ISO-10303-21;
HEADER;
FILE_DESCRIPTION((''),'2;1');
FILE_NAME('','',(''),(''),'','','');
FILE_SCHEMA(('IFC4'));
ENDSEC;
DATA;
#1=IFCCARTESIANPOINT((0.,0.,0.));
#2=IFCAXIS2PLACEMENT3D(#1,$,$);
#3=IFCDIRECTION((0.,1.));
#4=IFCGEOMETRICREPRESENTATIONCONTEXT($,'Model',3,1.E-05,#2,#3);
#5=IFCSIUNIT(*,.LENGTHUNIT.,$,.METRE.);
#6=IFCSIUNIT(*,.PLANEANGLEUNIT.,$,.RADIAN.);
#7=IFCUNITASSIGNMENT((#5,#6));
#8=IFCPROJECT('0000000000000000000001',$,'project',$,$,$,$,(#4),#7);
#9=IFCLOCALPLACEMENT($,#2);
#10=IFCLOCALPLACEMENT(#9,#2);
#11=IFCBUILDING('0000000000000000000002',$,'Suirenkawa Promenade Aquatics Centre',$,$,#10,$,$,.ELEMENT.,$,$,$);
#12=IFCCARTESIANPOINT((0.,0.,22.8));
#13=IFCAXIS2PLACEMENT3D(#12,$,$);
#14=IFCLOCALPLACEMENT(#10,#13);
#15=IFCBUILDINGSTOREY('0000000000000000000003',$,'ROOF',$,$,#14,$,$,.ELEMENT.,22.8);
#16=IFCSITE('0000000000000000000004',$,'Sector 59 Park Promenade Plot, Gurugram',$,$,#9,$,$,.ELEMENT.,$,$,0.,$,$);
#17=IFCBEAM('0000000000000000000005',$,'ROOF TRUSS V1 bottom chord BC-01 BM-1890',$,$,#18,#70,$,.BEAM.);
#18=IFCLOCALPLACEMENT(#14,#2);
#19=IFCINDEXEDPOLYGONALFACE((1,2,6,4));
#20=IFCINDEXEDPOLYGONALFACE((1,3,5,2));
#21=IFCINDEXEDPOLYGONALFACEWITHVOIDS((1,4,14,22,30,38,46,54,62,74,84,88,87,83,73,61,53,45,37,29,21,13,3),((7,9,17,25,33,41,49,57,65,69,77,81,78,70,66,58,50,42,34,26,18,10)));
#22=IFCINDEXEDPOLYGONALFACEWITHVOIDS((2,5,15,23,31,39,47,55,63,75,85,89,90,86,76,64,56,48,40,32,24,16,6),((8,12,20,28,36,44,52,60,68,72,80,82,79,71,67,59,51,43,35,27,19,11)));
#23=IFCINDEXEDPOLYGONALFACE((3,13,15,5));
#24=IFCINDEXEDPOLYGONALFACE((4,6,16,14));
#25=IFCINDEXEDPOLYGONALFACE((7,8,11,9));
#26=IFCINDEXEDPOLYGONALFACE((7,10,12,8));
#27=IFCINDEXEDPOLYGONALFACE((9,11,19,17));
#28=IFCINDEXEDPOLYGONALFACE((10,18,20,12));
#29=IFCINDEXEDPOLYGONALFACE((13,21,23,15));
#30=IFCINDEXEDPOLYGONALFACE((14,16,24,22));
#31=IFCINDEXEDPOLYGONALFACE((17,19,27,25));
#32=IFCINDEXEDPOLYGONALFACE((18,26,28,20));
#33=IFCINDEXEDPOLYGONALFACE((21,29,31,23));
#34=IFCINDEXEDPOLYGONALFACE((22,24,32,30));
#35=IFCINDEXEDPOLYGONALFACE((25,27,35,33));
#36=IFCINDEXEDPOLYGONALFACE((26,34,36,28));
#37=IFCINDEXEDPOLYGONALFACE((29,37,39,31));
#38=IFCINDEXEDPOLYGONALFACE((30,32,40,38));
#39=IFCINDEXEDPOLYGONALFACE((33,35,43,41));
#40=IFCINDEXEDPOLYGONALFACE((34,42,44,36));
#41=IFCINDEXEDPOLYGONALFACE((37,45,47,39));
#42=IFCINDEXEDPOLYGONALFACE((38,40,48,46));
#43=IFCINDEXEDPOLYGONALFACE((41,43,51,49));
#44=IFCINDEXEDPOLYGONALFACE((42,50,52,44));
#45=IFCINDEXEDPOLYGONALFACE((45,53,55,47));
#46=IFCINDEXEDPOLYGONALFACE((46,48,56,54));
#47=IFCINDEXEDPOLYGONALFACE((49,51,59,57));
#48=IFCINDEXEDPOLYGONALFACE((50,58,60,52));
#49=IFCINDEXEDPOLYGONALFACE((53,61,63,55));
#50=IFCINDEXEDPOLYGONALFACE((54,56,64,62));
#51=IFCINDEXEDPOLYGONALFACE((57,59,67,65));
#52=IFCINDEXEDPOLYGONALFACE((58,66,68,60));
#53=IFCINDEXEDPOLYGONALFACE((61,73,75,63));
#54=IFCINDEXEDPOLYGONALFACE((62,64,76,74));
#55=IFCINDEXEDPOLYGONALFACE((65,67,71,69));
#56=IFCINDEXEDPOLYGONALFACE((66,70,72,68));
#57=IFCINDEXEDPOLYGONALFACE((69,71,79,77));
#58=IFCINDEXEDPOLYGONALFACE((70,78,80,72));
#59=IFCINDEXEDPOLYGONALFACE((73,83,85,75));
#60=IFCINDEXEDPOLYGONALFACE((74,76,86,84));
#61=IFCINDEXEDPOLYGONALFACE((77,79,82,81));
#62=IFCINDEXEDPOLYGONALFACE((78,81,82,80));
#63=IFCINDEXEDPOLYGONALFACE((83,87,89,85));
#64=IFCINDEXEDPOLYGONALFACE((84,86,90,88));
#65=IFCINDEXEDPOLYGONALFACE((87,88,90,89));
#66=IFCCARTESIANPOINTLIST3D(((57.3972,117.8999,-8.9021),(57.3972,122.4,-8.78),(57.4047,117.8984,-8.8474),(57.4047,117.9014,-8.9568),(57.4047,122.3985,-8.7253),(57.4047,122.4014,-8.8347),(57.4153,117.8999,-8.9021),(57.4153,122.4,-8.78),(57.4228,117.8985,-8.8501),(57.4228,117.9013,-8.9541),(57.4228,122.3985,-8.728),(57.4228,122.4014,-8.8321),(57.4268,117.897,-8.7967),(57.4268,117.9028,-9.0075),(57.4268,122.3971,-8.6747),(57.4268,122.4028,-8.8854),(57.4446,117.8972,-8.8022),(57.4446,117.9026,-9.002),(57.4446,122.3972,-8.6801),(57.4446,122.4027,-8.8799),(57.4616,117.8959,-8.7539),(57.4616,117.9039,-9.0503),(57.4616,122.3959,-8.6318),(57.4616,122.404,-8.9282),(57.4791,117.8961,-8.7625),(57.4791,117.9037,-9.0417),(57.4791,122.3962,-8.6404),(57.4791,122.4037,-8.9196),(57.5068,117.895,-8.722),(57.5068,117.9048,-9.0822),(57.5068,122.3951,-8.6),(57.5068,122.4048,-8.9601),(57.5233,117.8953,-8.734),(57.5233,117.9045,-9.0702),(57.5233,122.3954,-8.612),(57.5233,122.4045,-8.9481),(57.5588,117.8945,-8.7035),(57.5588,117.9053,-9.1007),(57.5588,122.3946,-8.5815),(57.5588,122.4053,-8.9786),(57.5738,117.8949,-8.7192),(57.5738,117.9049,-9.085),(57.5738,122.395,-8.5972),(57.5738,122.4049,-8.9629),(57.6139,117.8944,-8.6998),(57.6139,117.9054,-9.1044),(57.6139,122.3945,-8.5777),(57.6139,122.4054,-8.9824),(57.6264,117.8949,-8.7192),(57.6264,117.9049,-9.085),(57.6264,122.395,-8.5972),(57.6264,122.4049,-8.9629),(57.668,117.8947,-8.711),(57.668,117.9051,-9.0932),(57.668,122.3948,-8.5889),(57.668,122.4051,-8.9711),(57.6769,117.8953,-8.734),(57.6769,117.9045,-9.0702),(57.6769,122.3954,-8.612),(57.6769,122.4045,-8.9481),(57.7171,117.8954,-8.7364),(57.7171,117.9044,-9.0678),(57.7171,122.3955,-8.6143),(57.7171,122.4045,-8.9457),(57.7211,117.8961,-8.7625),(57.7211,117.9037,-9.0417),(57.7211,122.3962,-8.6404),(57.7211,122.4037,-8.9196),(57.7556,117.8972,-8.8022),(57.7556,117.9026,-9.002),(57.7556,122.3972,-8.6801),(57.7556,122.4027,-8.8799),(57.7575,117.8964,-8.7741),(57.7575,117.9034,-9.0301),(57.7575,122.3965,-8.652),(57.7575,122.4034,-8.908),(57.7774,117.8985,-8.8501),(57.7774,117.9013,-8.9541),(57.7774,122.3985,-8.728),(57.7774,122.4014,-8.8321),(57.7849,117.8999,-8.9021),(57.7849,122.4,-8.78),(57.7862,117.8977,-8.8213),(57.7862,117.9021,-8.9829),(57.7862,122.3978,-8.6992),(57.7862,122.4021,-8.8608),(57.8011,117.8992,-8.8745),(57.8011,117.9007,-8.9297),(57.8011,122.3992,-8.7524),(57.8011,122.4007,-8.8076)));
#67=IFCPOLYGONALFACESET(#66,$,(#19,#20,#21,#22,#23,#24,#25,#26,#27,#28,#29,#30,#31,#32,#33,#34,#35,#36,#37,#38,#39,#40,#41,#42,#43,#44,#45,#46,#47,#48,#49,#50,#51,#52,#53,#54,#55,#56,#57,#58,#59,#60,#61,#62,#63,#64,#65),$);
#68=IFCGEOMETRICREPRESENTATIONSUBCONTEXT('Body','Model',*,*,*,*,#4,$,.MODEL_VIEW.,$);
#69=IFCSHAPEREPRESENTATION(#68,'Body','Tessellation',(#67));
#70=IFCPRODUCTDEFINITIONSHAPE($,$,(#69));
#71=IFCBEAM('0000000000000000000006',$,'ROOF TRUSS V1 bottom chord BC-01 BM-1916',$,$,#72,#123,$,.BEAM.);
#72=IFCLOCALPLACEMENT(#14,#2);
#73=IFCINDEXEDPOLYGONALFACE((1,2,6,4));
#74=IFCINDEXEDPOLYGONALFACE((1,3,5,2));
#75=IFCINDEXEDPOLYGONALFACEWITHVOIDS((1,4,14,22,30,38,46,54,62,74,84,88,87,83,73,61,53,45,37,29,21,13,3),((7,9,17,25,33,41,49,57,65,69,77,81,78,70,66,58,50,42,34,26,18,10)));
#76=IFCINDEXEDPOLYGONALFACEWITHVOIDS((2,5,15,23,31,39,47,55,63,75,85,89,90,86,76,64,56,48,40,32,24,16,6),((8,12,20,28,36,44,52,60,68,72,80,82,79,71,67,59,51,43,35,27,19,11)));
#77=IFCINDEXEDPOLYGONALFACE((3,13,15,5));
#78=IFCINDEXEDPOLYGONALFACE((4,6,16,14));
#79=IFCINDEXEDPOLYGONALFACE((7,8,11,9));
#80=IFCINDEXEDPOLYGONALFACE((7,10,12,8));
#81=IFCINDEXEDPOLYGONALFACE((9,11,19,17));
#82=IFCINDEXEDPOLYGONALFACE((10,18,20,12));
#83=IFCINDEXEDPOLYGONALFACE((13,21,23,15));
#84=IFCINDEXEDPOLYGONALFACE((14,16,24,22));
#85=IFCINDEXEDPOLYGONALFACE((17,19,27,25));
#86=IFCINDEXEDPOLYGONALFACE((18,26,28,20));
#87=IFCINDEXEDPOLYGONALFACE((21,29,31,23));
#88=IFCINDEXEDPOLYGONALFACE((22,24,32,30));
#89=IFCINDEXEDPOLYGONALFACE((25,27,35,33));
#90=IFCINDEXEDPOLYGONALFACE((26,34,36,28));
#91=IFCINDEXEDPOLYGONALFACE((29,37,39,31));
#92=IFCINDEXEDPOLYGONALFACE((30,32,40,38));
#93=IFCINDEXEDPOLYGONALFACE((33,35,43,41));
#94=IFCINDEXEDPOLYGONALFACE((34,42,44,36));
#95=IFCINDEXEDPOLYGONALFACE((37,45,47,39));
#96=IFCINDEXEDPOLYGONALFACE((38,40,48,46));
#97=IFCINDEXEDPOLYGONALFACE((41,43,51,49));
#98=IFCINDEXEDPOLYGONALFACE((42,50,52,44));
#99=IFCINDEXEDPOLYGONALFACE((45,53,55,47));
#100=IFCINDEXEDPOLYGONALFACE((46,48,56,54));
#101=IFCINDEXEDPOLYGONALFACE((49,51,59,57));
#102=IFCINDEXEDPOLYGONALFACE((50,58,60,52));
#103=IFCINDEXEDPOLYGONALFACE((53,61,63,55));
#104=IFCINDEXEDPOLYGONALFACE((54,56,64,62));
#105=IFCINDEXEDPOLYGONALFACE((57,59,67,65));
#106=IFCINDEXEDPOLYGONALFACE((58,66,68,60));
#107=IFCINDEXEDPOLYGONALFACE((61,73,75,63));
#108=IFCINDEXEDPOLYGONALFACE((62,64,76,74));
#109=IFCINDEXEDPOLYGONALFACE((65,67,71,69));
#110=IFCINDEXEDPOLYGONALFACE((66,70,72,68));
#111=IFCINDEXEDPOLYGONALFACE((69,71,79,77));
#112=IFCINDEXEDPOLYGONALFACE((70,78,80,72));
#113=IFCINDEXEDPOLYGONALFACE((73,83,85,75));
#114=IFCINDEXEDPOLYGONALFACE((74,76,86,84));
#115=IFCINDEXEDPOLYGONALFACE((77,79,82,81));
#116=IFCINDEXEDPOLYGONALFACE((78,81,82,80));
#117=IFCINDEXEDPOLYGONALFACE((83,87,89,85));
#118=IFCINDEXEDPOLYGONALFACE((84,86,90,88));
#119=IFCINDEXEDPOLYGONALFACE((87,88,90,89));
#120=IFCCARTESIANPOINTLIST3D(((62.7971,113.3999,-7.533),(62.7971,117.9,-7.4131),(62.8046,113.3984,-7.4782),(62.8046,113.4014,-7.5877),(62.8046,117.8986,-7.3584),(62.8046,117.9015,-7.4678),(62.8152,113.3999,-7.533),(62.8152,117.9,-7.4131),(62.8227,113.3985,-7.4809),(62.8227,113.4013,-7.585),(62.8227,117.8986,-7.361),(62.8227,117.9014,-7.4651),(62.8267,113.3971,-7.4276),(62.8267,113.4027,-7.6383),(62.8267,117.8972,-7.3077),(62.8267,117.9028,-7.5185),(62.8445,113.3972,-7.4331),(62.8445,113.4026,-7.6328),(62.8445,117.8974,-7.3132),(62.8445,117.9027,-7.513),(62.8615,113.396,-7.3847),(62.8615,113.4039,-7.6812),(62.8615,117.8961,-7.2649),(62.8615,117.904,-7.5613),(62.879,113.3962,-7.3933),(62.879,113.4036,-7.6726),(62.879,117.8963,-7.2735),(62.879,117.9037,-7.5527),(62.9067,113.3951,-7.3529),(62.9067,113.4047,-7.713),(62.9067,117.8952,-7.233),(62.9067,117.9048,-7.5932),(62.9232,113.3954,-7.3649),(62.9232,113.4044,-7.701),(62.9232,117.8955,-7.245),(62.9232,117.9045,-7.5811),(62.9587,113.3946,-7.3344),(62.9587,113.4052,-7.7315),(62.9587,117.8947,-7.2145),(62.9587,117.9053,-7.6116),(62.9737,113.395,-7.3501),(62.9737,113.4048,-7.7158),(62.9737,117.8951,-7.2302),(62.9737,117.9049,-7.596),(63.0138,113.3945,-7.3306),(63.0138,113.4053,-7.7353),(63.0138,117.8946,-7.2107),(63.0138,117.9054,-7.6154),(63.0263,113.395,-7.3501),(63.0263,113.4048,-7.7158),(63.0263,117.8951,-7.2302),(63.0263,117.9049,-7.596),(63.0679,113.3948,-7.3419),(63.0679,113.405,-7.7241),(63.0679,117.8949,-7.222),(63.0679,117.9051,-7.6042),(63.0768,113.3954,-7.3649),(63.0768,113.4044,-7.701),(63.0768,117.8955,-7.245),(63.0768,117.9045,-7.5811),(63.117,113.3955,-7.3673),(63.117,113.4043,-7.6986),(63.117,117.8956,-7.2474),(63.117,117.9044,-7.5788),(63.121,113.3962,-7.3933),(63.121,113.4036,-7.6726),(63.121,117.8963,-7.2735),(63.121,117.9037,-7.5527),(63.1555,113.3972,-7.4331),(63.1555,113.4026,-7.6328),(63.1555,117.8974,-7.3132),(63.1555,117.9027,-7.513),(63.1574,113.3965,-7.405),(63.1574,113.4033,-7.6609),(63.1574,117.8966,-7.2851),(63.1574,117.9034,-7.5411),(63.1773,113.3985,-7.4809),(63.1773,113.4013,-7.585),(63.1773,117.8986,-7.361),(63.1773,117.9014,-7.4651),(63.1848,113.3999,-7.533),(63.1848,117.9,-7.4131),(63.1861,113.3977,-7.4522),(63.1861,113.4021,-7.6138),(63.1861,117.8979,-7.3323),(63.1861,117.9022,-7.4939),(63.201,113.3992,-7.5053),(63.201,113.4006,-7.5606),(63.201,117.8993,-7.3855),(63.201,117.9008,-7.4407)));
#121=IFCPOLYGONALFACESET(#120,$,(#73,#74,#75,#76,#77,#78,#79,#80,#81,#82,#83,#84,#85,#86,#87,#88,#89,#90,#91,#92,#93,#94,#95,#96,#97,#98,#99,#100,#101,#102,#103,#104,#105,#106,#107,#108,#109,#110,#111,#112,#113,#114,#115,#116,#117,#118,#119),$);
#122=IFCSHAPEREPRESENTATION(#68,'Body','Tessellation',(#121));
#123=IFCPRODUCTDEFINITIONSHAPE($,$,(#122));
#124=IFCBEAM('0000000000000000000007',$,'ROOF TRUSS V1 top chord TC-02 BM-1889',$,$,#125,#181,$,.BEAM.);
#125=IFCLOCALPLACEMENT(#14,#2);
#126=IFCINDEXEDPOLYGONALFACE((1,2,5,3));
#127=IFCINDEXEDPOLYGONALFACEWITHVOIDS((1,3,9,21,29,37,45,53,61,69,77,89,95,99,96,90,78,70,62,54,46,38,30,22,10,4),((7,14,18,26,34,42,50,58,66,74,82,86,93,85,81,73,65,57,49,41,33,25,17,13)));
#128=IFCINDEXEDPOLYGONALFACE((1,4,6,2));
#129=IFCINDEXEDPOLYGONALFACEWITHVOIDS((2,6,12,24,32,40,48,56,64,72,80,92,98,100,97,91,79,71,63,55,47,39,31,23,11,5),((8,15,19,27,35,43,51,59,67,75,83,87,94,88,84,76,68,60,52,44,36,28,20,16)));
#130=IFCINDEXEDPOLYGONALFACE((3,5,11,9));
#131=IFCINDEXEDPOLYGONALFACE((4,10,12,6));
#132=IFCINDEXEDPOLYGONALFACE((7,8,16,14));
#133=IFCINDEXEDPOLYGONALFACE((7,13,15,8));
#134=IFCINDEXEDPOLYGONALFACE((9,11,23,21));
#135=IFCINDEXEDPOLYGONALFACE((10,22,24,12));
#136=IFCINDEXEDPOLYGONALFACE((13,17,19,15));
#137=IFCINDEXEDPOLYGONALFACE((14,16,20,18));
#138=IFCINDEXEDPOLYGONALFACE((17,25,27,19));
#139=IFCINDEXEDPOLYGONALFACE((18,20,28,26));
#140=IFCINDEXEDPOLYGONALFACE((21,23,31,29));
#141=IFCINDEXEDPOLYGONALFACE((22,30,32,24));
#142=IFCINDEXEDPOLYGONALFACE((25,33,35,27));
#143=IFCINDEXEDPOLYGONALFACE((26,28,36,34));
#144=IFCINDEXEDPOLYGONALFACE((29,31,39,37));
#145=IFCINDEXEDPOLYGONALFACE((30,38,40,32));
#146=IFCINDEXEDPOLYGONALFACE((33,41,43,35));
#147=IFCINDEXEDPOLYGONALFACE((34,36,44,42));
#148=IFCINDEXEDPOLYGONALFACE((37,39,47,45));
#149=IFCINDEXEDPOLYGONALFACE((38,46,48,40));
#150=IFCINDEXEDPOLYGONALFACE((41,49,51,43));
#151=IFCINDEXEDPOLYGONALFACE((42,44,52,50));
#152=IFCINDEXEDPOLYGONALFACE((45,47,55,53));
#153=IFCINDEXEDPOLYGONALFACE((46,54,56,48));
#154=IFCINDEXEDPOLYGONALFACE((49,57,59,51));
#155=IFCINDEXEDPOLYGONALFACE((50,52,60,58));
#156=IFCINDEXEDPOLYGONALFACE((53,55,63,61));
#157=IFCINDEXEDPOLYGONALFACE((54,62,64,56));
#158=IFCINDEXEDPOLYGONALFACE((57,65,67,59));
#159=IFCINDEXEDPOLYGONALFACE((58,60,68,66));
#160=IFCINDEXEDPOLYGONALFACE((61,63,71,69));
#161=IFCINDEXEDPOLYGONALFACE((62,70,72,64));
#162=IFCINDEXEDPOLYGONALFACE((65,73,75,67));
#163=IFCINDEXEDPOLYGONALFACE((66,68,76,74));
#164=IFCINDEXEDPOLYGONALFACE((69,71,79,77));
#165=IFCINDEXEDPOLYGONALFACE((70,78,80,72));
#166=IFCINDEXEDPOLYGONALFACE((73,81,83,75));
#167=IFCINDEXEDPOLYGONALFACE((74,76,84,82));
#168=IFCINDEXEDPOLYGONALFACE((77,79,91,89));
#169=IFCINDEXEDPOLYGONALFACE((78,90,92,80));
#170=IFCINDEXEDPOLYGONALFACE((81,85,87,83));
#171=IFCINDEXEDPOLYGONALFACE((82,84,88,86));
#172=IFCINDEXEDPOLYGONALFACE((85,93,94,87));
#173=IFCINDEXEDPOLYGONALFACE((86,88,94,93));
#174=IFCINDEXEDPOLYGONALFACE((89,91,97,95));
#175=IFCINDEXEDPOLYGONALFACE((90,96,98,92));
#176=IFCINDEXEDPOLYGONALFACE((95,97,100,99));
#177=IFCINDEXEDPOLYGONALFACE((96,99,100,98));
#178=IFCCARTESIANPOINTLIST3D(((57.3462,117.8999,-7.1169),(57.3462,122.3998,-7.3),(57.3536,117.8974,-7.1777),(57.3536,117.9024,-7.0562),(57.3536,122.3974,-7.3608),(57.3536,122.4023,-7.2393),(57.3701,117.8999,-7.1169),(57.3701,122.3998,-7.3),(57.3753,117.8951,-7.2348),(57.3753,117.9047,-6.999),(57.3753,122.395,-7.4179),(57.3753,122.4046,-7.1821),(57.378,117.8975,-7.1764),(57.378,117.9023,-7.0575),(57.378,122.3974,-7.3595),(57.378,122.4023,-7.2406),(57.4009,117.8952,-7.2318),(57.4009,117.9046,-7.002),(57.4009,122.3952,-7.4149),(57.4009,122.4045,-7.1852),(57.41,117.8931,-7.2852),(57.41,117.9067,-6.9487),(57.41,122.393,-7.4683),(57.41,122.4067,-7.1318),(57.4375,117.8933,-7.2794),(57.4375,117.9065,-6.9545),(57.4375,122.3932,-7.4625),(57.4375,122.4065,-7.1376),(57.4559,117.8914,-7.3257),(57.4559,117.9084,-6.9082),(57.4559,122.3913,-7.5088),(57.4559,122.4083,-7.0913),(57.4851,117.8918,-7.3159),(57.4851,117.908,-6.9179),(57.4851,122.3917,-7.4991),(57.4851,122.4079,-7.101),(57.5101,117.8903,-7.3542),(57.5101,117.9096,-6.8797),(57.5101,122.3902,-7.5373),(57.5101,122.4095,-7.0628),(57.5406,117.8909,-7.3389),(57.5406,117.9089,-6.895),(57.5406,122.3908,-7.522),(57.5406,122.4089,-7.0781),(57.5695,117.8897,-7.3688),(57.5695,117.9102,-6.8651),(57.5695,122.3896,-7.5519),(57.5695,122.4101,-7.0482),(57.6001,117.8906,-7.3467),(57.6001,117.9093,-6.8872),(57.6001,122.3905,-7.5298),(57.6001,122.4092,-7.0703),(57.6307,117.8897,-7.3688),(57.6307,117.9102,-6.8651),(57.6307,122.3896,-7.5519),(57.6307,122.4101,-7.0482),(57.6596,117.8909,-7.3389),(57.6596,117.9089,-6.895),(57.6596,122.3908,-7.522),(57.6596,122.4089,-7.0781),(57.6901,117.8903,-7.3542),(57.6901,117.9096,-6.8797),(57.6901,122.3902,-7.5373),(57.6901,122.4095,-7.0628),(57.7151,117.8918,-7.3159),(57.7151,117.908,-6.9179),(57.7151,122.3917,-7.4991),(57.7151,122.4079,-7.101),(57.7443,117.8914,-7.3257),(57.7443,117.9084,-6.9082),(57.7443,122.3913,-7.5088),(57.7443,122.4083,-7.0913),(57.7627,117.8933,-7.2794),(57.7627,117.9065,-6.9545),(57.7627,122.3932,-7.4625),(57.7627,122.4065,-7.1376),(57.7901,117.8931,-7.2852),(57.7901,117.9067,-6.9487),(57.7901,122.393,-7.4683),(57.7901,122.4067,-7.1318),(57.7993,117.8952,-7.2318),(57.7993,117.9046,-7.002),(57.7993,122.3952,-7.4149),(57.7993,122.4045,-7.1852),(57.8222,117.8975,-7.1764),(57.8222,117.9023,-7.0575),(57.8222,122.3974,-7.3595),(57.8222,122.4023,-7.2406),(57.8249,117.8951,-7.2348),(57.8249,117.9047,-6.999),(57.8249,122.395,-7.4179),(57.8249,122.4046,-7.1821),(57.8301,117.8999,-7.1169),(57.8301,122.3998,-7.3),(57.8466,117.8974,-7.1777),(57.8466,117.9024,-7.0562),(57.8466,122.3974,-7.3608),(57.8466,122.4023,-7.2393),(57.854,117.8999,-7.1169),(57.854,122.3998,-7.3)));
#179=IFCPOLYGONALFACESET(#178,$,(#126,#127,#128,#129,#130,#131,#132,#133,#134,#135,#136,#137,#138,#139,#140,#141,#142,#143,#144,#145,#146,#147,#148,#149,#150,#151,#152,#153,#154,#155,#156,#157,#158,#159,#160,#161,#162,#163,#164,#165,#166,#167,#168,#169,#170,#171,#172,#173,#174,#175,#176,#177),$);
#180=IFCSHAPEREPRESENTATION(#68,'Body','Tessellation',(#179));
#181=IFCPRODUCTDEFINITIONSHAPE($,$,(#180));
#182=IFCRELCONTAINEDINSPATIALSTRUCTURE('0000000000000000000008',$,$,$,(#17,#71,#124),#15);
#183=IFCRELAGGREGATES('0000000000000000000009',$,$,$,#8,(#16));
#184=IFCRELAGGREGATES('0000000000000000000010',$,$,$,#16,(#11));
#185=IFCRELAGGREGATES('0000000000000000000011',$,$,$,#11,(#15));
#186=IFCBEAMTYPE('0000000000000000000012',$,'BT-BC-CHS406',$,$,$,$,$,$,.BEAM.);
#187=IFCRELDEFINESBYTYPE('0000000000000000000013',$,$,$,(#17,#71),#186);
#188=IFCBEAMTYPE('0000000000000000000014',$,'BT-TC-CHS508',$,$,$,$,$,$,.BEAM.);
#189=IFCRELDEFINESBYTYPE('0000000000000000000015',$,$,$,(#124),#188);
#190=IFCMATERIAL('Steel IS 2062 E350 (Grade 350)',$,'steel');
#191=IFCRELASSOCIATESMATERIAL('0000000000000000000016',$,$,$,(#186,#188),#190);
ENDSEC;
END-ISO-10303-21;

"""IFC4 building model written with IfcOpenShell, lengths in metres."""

from ifc_helpers import new_model, si_unit, direction, frame, origin, origin_2d, place, context, subcontext, project, spatial, hollow_circle, extrude, material, material_profile, profile_set, type_object, element, save


model = new_model("IFC4")

# Units and contexts
model_context = context("Model", 3, precision=1e-05, world=origin(), true_north=direction((0.0, 1.0)))
body_context = subcontext(model_context, "Body", "Model", "MODEL_VIEW")
ifc_project = project(units=[si_unit("LENGTHUNIT", "METRE"), si_unit("PLANEANGLEUNIT", "RADIAN")], contexts=[model_context])

# Site, building, storey
site_placement = place(None, origin())
site = spatial("IfcSite", under=ifc_project, at=site_placement, Name="Sector 59 Park Promenade Plot, Gurugram", CompositionType="ELEMENT", RefElevation=0.0)
building_placement = place(site_placement, origin())
building = spatial("IfcBuilding", under=site, at=building_placement, Name="Suirenkawa Promenade Aquatics Centre", CompositionType="ELEMENT")
storey_placement = place(building_placement, frame((0.0, 0.0, 22.8)))
storey = spatial("IfcBuildingStorey", under=building, at=storey_placement, Name="ROOF", CompositionType="ELEMENT", Elevation=22.8)

# Beams
ifc_material = material(Name="Steel IS 2062 E350 (Grade 350)", Category="steel")
ifc_material_profile_1 = material_profile(ifc_material, hollow_circle(Radius=0.2029, WallThickness=0.0181, at=origin_2d()), Name="CHS 406x18", Category="steel")
ifc_profile_set_1 = profile_set([ifc_material_profile_1], Name="Steel IS 2062 E350 (Grade 350)")
beam_type_1 = type_object("IfcBeamType", Name="BT-BC-CHS406", PredefinedType="BEAM", material=ifc_profile_set_1)
for number, where, z_axis, x_axis, name in (
    (1, (57.6001, 117.8999, -8.9021), (0.0, 0.999632, 0.027117), (-1.0, 0.0, 0.0), "ROOF TRUSS V1 bottom chord BC-01 BM-1890"),
    (2, (63.0, 113.3999, -7.533), (0.0, 0.999645, 0.026629), (-1.0, 0.0, 0.0), "ROOF TRUSS V1 bottom chord BC-01 BM-1916"),
):
    element("IfcBeam", number, at=place(storey_placement, frame(where, z_axis=z_axis, x_axis=x_axis)), inside=storey, type_object=beam_type_1, Name=name, PredefinedType="BEAM", context=body_context, shape_type="SweptSolid", body=[
        extrude(hollow_circle(Radius=0.2029, WallThickness=0.0181, at=origin_2d()), origin(), (0.0, 0.0, 1.0), 4.5017),
    ])
ifc_material_profile_2 = material_profile(ifc_material, hollow_circle(Radius=0.2539, WallThickness=0.0239, at=origin_2d()), Name="CHS 508x24", Category="steel")
ifc_profile_set_2 = profile_set([ifc_material_profile_2], Name="Steel IS 2062 E350 (Grade 350)")
beam_type_2 = type_object("IfcBeamType", Name="BT-TC-CHS508", PredefinedType="BEAM", material=ifc_profile_set_2)
for number, where, z_axis, x_axis, name in (
    (3, (57.6001, 117.8999, -7.1169), (0.0, 0.999173, -0.040656), (-1.0, 0.0, 0.0), "ROOF TRUSS V1 top chord TC-02 BM-1889"),
):
    element("IfcBeam", number, at=place(storey_placement, frame(where, z_axis=z_axis, x_axis=x_axis)), inside=storey, type_object=beam_type_2, Name=name, PredefinedType="BEAM", context=body_context, shape_type="SweptSolid", body=[
        extrude(hollow_circle(Radius=0.2539, WallThickness=0.0239, at=origin_2d()), origin(), (0.0, 0.0, 1.0), 4.5037),
    ])

save(model, "model.ifc")
